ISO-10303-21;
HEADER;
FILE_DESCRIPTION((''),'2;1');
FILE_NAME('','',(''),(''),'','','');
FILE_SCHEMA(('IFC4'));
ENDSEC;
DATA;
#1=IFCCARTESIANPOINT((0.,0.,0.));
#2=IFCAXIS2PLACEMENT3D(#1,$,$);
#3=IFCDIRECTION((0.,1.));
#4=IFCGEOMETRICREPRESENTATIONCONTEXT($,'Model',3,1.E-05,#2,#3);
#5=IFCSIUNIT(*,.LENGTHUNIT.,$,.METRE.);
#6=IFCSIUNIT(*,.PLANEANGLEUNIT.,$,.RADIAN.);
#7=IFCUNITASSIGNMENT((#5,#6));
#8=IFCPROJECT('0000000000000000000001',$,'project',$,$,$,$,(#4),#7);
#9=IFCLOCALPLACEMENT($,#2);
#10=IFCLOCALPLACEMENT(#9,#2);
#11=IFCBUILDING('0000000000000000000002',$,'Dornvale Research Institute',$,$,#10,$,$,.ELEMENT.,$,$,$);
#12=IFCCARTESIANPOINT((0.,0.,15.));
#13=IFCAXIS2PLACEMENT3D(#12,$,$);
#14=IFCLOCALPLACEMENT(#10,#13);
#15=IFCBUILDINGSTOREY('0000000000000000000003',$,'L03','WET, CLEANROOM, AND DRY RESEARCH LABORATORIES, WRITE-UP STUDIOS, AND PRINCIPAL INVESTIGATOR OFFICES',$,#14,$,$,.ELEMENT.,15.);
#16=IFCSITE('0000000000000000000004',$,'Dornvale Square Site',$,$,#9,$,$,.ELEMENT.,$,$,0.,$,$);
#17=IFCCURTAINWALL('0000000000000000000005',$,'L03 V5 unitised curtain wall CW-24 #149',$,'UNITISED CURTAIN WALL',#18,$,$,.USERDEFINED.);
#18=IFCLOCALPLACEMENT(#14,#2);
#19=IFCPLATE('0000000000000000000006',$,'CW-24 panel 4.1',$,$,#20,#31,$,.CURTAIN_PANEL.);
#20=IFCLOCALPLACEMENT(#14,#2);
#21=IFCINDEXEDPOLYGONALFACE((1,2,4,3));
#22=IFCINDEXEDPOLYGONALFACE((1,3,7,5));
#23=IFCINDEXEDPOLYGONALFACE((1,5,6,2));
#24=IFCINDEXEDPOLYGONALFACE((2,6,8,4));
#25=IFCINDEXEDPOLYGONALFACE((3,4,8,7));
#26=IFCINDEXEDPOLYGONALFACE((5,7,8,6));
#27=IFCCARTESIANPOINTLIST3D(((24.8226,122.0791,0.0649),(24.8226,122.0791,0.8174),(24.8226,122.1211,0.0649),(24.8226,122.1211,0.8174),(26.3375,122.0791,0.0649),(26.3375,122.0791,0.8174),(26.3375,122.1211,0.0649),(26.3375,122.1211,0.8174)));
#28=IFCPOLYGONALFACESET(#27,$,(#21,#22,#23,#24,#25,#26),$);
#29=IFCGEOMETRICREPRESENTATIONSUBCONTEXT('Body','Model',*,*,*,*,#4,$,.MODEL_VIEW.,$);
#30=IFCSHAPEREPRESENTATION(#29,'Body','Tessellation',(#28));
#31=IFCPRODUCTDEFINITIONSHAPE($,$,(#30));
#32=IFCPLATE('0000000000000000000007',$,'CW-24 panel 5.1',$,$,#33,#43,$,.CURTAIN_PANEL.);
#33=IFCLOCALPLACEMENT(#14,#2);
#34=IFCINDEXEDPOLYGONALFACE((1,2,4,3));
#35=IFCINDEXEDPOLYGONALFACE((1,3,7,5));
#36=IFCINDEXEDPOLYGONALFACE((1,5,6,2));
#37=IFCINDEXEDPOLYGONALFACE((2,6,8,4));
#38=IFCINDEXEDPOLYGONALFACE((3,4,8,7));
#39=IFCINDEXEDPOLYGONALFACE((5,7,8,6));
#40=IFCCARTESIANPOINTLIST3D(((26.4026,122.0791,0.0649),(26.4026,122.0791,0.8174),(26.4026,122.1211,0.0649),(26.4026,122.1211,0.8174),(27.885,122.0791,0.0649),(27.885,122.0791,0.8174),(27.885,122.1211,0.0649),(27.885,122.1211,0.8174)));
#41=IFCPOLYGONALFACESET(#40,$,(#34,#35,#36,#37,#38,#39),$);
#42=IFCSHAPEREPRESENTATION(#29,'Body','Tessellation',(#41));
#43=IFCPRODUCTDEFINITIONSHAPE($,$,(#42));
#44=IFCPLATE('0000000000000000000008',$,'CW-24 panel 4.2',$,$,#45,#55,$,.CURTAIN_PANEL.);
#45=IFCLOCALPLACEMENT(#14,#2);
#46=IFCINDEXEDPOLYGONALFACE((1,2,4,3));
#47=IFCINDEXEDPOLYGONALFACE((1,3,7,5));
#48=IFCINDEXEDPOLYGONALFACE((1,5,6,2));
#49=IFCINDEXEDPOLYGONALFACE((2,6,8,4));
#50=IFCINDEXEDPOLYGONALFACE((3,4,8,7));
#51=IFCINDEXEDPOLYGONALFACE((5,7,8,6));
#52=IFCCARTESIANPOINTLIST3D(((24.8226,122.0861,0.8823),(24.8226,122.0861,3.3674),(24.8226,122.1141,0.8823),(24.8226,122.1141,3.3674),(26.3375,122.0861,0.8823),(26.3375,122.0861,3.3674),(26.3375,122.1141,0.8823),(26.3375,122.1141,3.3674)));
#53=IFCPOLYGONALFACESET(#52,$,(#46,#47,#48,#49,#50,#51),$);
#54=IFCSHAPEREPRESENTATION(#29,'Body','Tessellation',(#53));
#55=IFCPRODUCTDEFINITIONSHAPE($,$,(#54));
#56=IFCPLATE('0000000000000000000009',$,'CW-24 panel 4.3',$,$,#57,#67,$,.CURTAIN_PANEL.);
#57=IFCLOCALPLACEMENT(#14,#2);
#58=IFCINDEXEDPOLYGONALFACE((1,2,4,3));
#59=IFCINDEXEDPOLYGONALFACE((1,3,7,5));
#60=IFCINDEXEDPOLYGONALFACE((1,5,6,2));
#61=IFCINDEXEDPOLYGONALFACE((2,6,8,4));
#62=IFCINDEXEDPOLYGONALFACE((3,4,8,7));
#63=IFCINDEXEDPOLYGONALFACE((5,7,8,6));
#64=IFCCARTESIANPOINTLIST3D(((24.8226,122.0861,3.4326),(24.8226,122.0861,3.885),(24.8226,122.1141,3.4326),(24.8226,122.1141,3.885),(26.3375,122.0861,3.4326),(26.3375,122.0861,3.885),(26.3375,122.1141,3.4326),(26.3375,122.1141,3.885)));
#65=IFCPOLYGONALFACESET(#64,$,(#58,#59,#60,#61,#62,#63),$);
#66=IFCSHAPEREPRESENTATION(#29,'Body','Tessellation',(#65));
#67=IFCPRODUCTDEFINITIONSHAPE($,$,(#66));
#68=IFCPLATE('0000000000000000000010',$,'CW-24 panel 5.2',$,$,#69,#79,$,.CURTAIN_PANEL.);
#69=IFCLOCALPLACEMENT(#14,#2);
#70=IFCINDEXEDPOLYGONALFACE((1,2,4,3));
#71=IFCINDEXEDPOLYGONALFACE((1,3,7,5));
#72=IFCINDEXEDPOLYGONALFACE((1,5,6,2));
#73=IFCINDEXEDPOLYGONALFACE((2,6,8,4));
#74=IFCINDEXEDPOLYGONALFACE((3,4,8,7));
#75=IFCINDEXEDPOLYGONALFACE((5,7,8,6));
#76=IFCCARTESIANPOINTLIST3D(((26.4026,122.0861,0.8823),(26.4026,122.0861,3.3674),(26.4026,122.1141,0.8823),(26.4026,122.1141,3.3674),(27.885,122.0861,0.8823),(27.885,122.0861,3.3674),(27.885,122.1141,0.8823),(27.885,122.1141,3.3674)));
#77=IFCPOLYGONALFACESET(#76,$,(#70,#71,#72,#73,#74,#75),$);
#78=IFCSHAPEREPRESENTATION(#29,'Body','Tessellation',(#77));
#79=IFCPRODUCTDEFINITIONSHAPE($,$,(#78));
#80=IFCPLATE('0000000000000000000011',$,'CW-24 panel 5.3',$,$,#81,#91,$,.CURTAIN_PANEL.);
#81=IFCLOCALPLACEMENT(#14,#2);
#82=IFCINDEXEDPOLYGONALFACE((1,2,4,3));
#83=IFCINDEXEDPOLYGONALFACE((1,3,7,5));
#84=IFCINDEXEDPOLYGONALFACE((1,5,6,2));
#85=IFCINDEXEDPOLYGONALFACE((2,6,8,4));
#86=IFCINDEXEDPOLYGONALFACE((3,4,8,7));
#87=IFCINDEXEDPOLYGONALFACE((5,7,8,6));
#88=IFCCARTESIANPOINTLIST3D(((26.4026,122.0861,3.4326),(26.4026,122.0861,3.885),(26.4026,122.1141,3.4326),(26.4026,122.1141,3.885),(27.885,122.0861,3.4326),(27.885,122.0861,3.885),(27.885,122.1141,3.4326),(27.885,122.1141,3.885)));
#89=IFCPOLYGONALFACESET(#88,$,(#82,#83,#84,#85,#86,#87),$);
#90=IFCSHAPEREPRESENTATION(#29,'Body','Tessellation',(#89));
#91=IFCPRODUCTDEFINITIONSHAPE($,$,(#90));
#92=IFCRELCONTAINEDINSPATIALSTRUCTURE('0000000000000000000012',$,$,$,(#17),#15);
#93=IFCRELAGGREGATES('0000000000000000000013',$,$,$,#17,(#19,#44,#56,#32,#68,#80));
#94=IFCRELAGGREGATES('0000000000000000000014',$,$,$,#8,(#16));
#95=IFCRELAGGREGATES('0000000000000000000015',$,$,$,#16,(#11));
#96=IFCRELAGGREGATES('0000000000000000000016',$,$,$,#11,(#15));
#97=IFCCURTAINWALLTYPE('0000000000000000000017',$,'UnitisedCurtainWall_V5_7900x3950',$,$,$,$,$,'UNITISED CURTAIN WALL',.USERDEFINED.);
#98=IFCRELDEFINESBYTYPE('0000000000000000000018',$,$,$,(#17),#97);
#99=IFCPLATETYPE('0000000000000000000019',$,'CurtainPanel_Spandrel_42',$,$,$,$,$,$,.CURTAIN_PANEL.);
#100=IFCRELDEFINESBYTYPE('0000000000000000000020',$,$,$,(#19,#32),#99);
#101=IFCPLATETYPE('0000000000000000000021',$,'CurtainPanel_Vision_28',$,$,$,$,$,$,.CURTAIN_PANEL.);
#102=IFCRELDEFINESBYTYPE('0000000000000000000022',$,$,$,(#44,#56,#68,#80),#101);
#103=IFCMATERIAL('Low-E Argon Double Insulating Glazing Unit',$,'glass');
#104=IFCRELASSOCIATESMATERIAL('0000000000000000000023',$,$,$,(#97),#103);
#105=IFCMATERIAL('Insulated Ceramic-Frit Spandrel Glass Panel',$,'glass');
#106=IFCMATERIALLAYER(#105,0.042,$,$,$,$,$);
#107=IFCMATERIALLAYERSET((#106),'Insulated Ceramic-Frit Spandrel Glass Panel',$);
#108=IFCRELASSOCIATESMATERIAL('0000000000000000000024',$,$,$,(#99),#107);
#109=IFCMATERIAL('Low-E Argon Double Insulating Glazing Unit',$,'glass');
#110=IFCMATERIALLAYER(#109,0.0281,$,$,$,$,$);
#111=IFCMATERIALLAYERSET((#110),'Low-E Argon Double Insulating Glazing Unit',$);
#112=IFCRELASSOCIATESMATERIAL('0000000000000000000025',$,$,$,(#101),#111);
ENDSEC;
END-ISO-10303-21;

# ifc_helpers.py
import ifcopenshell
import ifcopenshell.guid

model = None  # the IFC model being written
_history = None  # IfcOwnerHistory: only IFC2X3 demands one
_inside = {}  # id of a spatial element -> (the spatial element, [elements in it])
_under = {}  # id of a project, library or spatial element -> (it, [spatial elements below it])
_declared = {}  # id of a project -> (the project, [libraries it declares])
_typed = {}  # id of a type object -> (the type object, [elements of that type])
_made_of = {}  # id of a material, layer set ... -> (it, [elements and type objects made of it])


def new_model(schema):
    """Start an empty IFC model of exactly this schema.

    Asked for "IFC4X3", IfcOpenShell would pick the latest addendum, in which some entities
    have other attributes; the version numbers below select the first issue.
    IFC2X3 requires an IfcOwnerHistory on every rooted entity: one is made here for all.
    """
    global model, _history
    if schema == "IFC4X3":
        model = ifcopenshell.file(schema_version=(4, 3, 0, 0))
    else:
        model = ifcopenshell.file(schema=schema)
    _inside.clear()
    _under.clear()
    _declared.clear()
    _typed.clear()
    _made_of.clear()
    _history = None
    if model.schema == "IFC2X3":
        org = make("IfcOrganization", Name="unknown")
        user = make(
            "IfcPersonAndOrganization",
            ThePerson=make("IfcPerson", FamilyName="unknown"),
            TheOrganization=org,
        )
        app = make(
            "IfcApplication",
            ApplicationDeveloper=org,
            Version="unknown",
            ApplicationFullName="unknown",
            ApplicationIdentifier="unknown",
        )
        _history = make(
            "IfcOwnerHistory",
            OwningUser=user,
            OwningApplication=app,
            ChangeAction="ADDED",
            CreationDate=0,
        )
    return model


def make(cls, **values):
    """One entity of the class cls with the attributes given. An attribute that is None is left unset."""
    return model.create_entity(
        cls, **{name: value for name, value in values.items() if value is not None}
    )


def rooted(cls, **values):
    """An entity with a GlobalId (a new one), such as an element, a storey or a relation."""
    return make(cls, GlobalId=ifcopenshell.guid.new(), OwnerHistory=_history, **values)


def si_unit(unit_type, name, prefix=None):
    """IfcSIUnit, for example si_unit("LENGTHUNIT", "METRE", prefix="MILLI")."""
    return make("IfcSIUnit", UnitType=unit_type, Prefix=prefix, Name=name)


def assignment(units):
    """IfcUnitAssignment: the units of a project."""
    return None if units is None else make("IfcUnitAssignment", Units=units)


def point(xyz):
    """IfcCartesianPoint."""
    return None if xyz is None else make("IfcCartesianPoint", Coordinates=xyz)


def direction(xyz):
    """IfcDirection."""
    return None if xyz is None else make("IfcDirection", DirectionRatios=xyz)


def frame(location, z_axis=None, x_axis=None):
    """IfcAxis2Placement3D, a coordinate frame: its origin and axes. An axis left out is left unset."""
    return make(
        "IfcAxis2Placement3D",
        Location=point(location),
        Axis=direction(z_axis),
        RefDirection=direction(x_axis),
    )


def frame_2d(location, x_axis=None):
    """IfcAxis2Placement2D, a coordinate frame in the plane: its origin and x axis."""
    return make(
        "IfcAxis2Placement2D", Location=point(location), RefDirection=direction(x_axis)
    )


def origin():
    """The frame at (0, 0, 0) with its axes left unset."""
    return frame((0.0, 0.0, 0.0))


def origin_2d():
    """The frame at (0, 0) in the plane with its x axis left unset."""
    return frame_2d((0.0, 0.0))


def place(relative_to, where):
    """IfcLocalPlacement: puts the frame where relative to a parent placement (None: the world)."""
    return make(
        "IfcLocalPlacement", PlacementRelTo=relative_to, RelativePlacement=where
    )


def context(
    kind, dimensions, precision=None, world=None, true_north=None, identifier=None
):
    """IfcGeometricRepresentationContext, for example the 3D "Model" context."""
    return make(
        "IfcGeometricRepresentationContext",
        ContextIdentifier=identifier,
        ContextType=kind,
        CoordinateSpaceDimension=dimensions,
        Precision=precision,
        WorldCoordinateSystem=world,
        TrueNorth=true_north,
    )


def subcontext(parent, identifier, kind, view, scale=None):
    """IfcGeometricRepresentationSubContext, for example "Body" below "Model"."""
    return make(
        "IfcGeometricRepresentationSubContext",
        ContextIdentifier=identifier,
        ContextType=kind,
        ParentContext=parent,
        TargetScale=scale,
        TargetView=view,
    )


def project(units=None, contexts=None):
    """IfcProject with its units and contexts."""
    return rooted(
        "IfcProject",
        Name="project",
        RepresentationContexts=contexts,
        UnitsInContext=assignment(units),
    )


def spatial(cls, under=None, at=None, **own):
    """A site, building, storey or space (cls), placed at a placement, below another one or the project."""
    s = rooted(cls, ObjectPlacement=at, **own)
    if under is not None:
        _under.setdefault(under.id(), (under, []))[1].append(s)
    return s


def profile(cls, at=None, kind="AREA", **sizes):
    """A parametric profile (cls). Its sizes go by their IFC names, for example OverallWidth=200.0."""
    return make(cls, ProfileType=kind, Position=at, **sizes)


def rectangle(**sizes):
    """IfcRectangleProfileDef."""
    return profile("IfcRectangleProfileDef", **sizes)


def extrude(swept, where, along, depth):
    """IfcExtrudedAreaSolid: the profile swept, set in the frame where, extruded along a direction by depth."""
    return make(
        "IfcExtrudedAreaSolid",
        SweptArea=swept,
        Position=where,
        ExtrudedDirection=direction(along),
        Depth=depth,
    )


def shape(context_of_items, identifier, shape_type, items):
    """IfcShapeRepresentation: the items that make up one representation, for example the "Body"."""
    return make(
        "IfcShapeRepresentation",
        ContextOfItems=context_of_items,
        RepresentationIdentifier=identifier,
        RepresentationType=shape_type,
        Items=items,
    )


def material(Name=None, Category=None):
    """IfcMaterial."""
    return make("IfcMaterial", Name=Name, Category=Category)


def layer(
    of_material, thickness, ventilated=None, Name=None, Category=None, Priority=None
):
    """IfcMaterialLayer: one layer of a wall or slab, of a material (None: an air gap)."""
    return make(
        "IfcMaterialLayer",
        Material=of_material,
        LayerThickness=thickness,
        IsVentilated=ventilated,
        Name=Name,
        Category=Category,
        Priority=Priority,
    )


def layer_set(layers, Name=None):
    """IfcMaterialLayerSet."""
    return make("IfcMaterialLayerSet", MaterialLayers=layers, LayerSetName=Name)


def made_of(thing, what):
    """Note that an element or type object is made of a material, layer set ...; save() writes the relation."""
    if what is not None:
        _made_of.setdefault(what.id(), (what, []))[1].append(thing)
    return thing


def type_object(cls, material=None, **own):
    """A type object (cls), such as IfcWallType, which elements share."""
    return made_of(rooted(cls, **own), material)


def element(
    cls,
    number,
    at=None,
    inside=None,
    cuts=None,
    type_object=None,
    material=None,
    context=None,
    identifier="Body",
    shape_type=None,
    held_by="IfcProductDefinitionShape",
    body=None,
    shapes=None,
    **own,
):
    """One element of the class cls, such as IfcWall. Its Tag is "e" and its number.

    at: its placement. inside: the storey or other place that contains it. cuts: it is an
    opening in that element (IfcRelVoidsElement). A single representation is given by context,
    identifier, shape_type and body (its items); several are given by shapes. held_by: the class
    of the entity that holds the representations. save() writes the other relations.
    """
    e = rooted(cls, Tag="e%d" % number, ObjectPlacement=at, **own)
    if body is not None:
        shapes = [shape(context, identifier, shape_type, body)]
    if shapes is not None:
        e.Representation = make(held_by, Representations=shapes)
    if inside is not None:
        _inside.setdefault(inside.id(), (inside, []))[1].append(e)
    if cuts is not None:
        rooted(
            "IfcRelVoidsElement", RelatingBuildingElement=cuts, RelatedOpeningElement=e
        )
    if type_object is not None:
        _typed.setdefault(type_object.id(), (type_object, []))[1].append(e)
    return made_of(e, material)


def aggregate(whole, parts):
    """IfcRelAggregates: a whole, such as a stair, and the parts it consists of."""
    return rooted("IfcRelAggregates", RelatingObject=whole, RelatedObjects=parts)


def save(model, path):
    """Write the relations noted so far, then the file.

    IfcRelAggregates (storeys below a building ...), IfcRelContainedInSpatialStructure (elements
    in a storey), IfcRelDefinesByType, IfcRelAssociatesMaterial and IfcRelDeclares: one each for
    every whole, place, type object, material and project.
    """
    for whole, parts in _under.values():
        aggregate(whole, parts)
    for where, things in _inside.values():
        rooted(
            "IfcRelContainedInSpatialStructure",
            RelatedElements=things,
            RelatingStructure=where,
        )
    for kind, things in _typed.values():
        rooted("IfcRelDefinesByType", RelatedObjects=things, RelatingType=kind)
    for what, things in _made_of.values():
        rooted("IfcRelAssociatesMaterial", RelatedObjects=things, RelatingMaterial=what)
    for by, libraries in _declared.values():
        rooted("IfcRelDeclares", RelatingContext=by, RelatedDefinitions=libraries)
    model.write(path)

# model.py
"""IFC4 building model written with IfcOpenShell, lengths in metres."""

from ifc_helpers import new_model, si_unit, direction, frame, origin, origin_2d, place, context, subcontext, project, spatial, rectangle, extrude, material, layer, layer_set, type_object, element, aggregate, save


model = new_model("IFC4")

# Units and contexts
model_context = context("Model", 3, precision=1e-05, world=origin(), true_north=direction((0.0, 1.0)))
body_context = subcontext(model_context, "Body", "Model", "MODEL_VIEW")
ifc_project = project(units=[si_unit("LENGTHUNIT", "METRE"), si_unit("PLANEANGLEUNIT", "RADIAN")], contexts=[model_context])

# Site, building, storey
site_placement = place(None, origin())
site = spatial("IfcSite", under=ifc_project, at=site_placement, Name="Dornvale Square Site", CompositionType="ELEMENT", RefElevation=0.0)
building_placement = place(site_placement, origin())
building = spatial("IfcBuilding", under=site, at=building_placement, Name="Dornvale Research Institute", CompositionType="ELEMENT")
storey_placement = place(building_placement, frame((0.0, 0.0, 15.0)))
storey = spatial("IfcBuildingStorey", under=building, at=storey_placement, Name="L03", Description="WET, CLEANROOM, AND DRY RESEARCH LABORATORIES, WRITE-UP STUDIOS, AND PRINCIPAL INVESTIGATOR OFFICES", CompositionType="ELEMENT", Elevation=15.0)

# Curtain wall, plates
ifc_material_1 = material(Name="Low-E Argon Double Insulating Glazing Unit", Category="glass")
curtain_wall_type = type_object("IfcCurtainWallType", Name="UnitisedCurtainWall_V5_7900x3950", ElementType="UNITISED CURTAIN WALL", PredefinedType="USERDEFINED", material=ifc_material_1)
curtain_wall_placement = place(storey_placement, origin())
curtain_wall = element("IfcCurtainWall", 1, at=curtain_wall_placement, inside=storey, type_object=curtain_wall_type, Name="L03 V5 unitised curtain wall CW-24 #149", ObjectType="UNITISED CURTAIN WALL", PredefinedType="USERDEFINED")
ifc_material_2 = material(Name="Insulated Ceramic-Frit Spandrel Glass Panel", Category="glass")
ifc_layer_1 = layer(ifc_material_2, 0.042)
ifc_layer_set_1 = layer_set([ifc_layer_1], Name="Insulated Ceramic-Frit Spandrel Glass Panel")
plate_type_1 = type_object("IfcPlateType", Name="CurtainPanel_Spandrel_42", PredefinedType="CURTAIN_PANEL", material=ifc_layer_set_1)
plate_1_placement = place(storey_placement, frame((25.5801, 122.1001, 0.0649), z_axis=(0.0, 0.0, 1.0), x_axis=(1.0, 0.0, 0.0)))
plate_1 = element("IfcPlate", 2, at=plate_1_placement, type_object=plate_type_1, Name="CW-24 panel 4.1", PredefinedType="CURTAIN_PANEL", context=body_context, shape_type="SweptSolid", body=[
    extrude(rectangle(XDim=1.5149, YDim=0.042, at=origin_2d()), origin(), (0.0, 0.0, 1.0), 0.7524),
])
plate_2_placement = place(storey_placement, frame((27.1438, 122.1001, 0.0649), z_axis=(0.0, 0.0, 1.0), x_axis=(1.0, 0.0, 0.0)))
plate_2 = element("IfcPlate", 3, at=plate_2_placement, type_object=plate_type_1, Name="CW-24 panel 5.1", PredefinedType="CURTAIN_PANEL", context=body_context, shape_type="SweptSolid", body=[
    extrude(rectangle(XDim=1.4824, YDim=0.042, at=origin_2d()), origin(), (0.0, 0.0, 1.0), 0.7524),
])
ifc_material_3 = material(Name="Low-E Argon Double Insulating Glazing Unit", Category="glass")
ifc_layer_2 = layer(ifc_material_3, 0.0281)
ifc_layer_set_2 = layer_set([ifc_layer_2], Name="Low-E Argon Double Insulating Glazing Unit")
plate_type_2 = type_object("IfcPlateType", Name="CurtainPanel_Vision_28", PredefinedType="CURTAIN_PANEL", material=ifc_layer_set_2)
plate_3_placement = place(storey_placement, frame((25.5801, 122.1001, 0.8823), z_axis=(0.0, 0.0, 1.0), x_axis=(1.0, 0.0, 0.0)))
plate_3 = element("IfcPlate", 4, at=plate_3_placement, type_object=plate_type_2, Name="CW-24 panel 4.2", PredefinedType="CURTAIN_PANEL", context=body_context, shape_type="SweptSolid", body=[
    extrude(rectangle(XDim=1.5149, YDim=0.0281, at=origin_2d()), origin(), (0.0, 0.0, 1.0), 2.4851),
])
plate_4_placement = place(storey_placement, frame((25.5801, 122.1001, 3.4326), z_axis=(0.0, 0.0, 1.0), x_axis=(1.0, 0.0, 0.0)))
plate_4 = element("IfcPlate", 5, at=plate_4_placement, type_object=plate_type_2, Name="CW-24 panel 4.3", PredefinedType="CURTAIN_PANEL", context=body_context, shape_type="SweptSolid", body=[
    extrude(rectangle(XDim=1.5149, YDim=0.0281, at=origin_2d()), origin(), (0.0, 0.0, 1.0), 0.4524),
])
plate_5_placement = place(storey_placement, frame((27.1438, 122.1001, 0.8823), z_axis=(0.0, 0.0, 1.0), x_axis=(1.0, 0.0, 0.0)))
plate_5 = element("IfcPlate", 6, at=plate_5_placement, type_object=plate_type_2, Name="CW-24 panel 5.2", PredefinedType="CURTAIN_PANEL", context=body_context, shape_type="SweptSolid", body=[
    extrude(rectangle(XDim=1.4824, YDim=0.0281, at=origin_2d()), origin(), (0.0, 0.0, 1.0), 2.4851),
])
plate_6_placement = place(storey_placement, frame((27.1438, 122.1001, 3.4326), z_axis=(0.0, 0.0, 1.0), x_axis=(1.0, 0.0, 0.0)))
plate_6 = element("IfcPlate", 7, at=plate_6_placement, type_object=plate_type_2, Name="CW-24 panel 5.3", PredefinedType="CURTAIN_PANEL", context=body_context, shape_type="SweptSolid", body=[
    extrude(rectangle(XDim=1.4824, YDim=0.0281, at=origin_2d()), origin(), (0.0, 0.0, 1.0), 0.4524),
])
aggregate(curtain_wall, [plate_1, plate_3, plate_4, plate_2, plate_5, plate_6])

save(model, "model.ifc")
